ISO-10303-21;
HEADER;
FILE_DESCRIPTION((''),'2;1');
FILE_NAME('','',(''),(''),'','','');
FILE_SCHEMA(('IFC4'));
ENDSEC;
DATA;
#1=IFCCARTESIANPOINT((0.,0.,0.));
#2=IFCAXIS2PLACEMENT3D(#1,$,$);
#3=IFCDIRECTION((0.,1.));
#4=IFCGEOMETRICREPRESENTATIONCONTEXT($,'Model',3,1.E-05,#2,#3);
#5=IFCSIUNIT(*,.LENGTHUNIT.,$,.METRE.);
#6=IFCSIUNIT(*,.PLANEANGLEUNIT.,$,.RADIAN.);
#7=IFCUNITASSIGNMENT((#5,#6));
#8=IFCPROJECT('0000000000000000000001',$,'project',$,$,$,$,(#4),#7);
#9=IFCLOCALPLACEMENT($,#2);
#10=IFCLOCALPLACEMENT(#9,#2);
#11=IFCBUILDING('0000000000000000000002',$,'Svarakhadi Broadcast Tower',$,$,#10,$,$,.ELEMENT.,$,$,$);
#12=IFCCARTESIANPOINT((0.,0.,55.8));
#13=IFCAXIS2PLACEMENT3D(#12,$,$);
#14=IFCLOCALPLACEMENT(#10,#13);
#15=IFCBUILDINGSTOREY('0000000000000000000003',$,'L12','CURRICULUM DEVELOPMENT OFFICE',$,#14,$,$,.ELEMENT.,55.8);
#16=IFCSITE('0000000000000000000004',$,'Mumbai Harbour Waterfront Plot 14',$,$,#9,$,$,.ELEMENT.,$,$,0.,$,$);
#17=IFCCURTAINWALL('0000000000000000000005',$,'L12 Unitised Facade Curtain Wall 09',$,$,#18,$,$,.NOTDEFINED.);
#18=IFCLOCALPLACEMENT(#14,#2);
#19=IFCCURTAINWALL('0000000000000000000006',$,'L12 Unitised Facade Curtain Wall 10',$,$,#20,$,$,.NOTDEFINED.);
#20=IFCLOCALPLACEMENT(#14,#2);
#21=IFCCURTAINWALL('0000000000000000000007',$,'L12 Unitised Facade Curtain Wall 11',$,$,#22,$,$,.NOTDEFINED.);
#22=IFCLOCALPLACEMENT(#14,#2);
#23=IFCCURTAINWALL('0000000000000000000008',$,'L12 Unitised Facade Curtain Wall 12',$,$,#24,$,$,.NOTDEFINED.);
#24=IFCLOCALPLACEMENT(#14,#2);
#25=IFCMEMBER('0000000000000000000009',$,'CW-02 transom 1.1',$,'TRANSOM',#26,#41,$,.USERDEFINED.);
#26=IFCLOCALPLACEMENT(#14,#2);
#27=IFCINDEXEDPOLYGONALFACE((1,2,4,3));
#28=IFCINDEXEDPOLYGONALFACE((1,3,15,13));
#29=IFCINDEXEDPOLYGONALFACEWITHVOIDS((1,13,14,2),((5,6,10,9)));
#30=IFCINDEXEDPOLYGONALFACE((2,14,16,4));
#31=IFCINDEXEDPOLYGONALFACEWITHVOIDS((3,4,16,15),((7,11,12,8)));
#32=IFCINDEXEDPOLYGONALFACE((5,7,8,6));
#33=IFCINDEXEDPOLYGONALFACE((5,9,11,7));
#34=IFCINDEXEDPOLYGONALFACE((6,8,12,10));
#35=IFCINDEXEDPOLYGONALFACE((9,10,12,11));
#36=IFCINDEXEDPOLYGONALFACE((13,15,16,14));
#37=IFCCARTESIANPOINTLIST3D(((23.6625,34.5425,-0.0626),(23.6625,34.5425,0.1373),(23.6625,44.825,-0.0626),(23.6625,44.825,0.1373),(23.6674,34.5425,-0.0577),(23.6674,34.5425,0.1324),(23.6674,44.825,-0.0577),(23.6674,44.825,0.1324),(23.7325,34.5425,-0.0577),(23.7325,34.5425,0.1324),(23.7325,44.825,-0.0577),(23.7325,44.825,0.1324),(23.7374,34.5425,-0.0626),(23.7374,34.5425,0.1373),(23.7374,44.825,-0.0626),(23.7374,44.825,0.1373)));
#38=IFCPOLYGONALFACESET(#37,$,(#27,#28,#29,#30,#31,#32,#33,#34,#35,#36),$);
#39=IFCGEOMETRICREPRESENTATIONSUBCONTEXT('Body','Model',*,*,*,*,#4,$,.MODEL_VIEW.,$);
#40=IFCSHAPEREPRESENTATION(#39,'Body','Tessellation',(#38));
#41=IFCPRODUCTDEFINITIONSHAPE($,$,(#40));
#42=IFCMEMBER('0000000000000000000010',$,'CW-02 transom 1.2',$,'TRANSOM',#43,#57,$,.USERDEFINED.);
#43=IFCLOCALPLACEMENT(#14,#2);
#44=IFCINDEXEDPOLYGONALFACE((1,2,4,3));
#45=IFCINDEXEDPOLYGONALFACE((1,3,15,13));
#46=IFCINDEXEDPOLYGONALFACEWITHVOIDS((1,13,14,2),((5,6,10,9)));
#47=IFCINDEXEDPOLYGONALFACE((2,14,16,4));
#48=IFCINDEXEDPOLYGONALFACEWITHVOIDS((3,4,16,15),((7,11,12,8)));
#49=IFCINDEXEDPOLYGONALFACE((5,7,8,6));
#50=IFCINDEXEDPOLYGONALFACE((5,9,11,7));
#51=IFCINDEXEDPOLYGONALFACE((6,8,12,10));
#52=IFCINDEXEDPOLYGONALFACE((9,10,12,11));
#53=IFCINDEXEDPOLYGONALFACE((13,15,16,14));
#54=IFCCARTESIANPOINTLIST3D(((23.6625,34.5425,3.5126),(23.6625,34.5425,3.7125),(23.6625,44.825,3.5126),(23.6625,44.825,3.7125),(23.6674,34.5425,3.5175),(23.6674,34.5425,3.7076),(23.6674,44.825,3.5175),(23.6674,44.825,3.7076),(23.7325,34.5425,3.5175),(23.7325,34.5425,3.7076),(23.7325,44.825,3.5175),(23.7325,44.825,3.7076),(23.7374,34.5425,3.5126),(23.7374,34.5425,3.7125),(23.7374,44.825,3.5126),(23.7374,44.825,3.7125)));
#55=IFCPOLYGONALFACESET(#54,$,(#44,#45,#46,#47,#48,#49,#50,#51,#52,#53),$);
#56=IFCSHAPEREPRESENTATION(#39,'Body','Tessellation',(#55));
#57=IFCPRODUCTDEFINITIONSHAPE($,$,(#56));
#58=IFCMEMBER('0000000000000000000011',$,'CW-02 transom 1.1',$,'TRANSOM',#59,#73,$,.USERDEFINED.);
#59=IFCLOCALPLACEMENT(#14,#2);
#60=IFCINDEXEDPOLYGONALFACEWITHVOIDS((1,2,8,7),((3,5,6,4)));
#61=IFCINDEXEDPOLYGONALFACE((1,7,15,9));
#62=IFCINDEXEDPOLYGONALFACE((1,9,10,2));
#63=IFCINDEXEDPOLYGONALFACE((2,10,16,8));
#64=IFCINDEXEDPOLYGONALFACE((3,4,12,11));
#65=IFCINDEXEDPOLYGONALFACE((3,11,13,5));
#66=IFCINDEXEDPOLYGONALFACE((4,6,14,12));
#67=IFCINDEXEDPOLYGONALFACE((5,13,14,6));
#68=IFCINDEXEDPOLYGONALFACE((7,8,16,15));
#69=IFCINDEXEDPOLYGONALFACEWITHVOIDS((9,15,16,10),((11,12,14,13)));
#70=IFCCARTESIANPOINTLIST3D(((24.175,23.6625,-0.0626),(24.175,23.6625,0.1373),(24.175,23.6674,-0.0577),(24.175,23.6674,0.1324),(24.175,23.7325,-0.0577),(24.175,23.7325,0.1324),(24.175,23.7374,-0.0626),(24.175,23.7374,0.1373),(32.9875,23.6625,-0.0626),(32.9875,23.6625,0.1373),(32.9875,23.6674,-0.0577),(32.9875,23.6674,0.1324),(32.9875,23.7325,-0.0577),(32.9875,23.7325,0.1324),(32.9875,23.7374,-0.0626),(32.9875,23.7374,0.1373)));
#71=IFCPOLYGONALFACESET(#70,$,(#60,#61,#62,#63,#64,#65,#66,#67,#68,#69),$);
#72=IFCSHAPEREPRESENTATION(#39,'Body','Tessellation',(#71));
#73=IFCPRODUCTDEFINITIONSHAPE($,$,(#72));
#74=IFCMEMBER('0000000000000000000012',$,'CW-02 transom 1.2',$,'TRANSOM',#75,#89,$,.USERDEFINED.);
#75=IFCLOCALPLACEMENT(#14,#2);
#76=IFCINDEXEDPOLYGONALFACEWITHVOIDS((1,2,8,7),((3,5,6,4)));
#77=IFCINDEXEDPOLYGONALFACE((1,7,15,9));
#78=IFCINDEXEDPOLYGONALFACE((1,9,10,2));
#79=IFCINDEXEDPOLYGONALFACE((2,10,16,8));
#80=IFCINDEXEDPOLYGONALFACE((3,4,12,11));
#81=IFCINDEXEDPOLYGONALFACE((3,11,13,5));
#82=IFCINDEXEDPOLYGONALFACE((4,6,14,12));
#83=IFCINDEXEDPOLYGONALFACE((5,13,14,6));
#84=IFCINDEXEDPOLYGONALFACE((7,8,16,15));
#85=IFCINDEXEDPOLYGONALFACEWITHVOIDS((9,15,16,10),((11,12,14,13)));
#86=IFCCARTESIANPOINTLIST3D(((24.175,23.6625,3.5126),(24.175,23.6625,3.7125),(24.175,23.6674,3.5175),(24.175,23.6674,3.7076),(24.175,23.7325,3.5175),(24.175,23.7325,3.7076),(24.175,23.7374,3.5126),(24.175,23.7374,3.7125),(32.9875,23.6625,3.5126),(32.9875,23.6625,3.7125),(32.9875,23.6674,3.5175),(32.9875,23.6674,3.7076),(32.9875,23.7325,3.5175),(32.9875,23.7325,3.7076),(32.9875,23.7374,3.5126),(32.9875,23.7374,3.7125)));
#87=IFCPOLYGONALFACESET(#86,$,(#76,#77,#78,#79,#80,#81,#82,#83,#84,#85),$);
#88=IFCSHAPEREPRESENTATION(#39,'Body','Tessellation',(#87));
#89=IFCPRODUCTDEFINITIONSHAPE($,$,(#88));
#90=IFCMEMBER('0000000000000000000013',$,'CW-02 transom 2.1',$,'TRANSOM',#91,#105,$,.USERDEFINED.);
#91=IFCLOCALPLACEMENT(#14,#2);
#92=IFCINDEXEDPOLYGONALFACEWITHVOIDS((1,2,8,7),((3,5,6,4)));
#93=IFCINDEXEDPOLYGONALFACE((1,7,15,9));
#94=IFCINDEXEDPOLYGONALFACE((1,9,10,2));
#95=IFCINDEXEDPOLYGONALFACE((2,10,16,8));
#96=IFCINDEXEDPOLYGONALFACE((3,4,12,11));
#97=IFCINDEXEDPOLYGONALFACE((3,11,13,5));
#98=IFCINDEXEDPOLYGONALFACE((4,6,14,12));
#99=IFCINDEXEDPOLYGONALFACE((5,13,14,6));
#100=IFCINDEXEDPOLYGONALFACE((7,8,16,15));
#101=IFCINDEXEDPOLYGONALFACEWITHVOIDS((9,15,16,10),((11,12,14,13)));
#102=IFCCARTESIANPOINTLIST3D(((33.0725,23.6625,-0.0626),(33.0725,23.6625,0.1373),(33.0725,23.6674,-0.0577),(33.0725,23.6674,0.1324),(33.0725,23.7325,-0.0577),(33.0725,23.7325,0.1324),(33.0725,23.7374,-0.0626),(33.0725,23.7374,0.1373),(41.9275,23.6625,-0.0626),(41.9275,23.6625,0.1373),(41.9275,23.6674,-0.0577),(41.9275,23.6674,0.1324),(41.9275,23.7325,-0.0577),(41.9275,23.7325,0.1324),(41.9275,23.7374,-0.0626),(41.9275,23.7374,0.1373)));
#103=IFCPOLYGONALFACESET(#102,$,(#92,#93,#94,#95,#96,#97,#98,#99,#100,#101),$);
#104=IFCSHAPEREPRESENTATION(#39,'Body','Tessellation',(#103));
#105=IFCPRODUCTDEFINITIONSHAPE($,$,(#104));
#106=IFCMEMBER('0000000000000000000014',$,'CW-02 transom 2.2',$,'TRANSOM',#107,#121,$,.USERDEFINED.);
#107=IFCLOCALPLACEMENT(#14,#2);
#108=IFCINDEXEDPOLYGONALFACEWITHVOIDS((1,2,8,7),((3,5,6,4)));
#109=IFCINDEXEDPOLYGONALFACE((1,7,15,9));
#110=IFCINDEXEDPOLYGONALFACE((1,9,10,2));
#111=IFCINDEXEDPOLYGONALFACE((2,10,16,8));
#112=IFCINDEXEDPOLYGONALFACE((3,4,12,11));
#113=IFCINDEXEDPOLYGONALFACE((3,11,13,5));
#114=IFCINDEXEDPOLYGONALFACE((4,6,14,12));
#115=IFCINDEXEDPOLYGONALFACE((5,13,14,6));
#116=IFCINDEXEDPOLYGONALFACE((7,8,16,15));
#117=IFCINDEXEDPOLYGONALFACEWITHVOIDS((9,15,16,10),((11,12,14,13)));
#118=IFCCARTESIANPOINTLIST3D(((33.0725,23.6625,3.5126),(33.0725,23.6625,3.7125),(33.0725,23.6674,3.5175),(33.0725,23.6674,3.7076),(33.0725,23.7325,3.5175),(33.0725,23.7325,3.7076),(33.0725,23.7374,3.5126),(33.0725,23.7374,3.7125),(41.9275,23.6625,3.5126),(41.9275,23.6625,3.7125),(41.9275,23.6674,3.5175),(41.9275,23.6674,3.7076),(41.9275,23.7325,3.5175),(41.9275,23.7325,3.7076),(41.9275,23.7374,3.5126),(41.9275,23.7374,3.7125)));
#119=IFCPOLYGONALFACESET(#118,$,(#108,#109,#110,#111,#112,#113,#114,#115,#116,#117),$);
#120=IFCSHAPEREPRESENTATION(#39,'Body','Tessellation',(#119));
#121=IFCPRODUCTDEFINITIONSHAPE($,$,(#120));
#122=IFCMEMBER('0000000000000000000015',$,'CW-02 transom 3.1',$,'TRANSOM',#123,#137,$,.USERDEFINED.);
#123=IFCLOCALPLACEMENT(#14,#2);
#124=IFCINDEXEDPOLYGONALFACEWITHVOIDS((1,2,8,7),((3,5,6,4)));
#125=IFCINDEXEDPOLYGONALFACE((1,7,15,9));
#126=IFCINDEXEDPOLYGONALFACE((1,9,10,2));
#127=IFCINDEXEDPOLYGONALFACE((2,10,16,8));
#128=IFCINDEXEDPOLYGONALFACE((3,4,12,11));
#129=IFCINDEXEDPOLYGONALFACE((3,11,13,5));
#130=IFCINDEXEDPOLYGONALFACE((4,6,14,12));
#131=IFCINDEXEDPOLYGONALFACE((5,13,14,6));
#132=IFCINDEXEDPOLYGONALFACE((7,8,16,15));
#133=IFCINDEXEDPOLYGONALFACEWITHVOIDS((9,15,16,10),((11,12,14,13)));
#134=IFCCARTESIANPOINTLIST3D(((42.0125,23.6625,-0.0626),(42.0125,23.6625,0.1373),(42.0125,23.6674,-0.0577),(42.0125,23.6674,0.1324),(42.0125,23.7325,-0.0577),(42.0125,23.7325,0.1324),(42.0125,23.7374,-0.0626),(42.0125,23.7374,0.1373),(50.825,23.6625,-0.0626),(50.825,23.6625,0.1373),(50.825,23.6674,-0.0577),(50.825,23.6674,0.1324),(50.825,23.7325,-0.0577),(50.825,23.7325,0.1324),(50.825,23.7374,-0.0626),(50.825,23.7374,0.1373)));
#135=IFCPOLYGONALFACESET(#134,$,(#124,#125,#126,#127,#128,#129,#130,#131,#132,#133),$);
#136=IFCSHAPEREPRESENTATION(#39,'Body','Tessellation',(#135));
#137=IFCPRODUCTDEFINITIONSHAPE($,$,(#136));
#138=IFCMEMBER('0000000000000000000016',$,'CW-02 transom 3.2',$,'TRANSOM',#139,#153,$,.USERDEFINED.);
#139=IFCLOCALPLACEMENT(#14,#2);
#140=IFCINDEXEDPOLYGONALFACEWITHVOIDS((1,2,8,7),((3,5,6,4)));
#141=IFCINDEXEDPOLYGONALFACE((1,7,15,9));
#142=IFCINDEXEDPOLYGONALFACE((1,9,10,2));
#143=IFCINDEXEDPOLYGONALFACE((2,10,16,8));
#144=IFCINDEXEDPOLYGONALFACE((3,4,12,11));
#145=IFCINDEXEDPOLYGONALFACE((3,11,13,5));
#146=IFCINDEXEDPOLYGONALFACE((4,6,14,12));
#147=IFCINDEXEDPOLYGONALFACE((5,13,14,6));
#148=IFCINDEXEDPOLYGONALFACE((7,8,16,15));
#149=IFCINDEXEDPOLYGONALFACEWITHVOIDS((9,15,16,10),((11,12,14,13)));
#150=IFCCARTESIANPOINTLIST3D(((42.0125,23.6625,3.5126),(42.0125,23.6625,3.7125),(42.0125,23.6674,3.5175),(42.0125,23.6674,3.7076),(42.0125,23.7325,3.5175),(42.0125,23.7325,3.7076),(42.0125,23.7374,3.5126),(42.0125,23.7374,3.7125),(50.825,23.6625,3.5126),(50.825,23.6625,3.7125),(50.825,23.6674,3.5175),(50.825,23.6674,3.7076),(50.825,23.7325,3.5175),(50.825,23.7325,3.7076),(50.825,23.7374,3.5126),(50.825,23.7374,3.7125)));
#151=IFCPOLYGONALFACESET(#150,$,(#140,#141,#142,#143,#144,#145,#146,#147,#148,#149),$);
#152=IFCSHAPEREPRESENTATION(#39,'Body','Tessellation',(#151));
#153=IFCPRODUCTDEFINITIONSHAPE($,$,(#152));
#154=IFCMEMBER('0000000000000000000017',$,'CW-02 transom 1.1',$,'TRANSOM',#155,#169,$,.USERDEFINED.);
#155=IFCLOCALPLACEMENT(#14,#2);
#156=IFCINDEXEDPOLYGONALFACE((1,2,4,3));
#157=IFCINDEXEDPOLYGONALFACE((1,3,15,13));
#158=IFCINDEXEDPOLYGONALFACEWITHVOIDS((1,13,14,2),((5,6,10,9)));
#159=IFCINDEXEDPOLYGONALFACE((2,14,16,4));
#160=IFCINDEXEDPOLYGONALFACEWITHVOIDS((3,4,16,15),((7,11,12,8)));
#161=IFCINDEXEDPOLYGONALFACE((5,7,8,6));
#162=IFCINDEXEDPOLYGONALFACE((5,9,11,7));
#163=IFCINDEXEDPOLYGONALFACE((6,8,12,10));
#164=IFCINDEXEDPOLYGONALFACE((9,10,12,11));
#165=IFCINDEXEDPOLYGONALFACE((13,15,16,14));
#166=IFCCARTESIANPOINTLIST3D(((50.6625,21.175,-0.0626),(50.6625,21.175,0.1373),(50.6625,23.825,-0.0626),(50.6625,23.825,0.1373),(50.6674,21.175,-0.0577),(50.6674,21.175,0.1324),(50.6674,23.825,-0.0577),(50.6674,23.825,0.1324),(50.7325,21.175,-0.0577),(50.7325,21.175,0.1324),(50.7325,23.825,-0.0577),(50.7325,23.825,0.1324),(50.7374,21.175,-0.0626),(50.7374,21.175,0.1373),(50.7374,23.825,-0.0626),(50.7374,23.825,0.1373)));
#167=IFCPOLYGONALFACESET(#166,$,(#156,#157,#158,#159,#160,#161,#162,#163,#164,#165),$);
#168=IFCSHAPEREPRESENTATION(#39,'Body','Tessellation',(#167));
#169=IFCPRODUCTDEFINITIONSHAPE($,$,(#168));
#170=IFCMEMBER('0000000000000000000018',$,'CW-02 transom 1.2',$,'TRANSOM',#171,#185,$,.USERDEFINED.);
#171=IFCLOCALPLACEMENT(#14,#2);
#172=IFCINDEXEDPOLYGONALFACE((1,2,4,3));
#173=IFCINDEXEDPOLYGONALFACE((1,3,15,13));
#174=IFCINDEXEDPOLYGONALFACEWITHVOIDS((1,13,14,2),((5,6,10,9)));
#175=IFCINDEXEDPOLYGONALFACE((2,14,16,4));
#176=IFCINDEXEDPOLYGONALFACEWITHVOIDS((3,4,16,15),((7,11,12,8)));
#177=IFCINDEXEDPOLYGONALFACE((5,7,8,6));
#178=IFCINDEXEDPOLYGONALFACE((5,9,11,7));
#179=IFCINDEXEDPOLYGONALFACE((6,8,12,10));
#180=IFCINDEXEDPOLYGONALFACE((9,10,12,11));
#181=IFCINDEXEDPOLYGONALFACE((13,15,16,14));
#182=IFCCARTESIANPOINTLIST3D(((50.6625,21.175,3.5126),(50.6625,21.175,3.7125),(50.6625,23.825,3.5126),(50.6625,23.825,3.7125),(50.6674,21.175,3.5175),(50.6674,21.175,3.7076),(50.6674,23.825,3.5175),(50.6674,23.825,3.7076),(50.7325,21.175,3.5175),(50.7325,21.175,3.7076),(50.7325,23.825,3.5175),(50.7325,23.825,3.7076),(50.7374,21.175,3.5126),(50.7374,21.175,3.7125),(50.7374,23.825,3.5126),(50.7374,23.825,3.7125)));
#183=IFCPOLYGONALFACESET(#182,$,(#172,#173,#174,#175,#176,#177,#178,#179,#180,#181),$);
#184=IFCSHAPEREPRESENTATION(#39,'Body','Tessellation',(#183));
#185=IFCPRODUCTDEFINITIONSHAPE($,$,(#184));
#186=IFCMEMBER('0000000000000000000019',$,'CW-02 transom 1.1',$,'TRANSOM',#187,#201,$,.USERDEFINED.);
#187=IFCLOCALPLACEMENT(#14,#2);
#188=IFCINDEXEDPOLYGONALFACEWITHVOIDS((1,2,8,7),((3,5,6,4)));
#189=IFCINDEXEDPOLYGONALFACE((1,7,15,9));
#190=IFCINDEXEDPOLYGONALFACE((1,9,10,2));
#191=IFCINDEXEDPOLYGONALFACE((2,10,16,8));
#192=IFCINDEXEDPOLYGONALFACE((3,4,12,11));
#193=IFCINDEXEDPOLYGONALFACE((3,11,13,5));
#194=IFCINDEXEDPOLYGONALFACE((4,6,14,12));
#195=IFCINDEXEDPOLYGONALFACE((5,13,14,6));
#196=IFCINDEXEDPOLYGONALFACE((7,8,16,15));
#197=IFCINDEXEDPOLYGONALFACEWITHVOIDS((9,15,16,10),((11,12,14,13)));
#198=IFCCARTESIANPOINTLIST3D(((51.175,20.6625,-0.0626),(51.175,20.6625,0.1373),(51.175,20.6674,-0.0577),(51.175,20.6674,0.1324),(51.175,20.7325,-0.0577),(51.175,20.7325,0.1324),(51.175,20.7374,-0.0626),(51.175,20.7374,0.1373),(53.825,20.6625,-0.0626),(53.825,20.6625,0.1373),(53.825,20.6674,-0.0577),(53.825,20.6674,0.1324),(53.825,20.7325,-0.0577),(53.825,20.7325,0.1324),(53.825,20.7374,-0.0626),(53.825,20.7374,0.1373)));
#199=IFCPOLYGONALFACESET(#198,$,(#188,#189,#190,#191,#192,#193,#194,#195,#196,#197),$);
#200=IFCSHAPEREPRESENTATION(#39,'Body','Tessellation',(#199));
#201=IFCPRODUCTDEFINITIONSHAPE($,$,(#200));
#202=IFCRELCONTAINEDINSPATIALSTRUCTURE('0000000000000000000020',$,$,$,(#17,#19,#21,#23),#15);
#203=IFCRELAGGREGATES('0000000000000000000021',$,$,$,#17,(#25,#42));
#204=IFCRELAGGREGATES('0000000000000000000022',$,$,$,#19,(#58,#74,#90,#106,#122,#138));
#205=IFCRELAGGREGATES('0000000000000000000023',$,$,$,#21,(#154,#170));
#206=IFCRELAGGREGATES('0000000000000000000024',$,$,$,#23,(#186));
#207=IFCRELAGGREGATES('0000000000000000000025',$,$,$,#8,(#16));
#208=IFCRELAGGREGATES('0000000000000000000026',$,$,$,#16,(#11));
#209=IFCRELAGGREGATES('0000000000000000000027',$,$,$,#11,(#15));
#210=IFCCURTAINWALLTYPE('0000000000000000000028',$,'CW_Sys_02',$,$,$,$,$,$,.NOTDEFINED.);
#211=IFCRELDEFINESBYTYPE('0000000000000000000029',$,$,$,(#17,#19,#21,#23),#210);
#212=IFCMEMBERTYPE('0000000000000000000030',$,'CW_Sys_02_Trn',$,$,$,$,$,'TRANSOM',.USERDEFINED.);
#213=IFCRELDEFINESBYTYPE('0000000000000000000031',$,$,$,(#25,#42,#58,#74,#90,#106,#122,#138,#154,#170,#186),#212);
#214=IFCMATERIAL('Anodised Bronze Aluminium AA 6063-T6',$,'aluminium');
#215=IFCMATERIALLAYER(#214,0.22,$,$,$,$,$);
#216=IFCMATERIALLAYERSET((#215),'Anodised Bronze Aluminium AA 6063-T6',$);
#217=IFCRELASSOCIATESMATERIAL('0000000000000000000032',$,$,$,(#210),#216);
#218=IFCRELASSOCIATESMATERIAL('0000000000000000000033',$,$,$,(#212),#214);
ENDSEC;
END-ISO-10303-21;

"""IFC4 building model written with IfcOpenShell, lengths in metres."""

from ifc_helpers import new_model, si_unit, direction, frame, origin, origin_2d, place, context, subcontext, project, spatial, hollow_rectangle, extrude, material, layer, layer_set, material_profile, profile_set, type_object, element, aggregate, save


model = new_model("IFC4")

# Units and contexts
model_context = context("Model", 3, precision=1e-05, world=origin(), true_north=direction((0.0, 1.0)))
body_context = subcontext(model_context, "Body", "Model", "MODEL_VIEW")
ifc_project = project(units=[si_unit("LENGTHUNIT", "METRE"), si_unit("PLANEANGLEUNIT", "RADIAN")], contexts=[model_context])

# Site, building, storey
site_placement = place(None, origin())
site = spatial("IfcSite", under=ifc_project, at=site_placement, Name="Mumbai Harbour Waterfront Plot 14", CompositionType="ELEMENT", RefElevation=0.0)
building_placement = place(site_placement, origin())
building = spatial("IfcBuilding", under=site, at=building_placement, Name="Svarakhadi Broadcast Tower", CompositionType="ELEMENT")
storey_placement = place(building_placement, frame((0.0, 0.0, 55.8)))
storey = spatial("IfcBuildingStorey", under=building, at=storey_placement, Name="L12", Description="CURRICULUM DEVELOPMENT OFFICE", CompositionType="ELEMENT", Elevation=55.8)

# Curtain wall
ifc_material_1 = material(Name="Anodised Bronze Aluminium AA 6063-T6", Category="aluminium")
ifc_layer_1 = layer(ifc_material_1, 0.22)
ifc_layer_set_1 = layer_set([ifc_layer_1], Name="Anodised Bronze Aluminium AA 6063-T6")
curtain_wall_type = type_object("IfcCurtainWallType", Name="CW_Sys_02", PredefinedType="NOTDEFINED", material=ifc_layer_set_1)
curtain_wall_1_placement = place(storey_placement, origin())
curtain_wall_1 = element("IfcCurtainWall", 1, at=curtain_wall_1_placement, inside=storey, type_object=curtain_wall_type, Name="L12 Unitised Facade Curtain Wall 09", PredefinedType="NOTDEFINED")

# Curtain walls
curtain_wall_2_placement = place(storey_placement, origin())
curtain_wall_2 = element("IfcCurtainWall", 2, at=curtain_wall_2_placement, inside=storey, type_object=curtain_wall_type, Name="L12 Unitised Facade Curtain Wall 10", PredefinedType="NOTDEFINED")
curtain_wall_3_placement = place(storey_placement, origin())
curtain_wall_3 = element("IfcCurtainWall", 3, at=curtain_wall_3_placement, inside=storey, type_object=curtain_wall_type, Name="L12 Unitised Facade Curtain Wall 11", PredefinedType="NOTDEFINED")
curtain_wall_4_placement = place(storey_placement, origin())
curtain_wall_4 = element("IfcCurtainWall", 4, at=curtain_wall_4_placement, inside=storey, type_object=curtain_wall_type, Name="L12 Unitised Facade Curtain Wall 12", PredefinedType="NOTDEFINED")

# Members
ifc_material_profile_1 = material_profile(ifc_material_1, hollow_rectangle(XDim=0.075, YDim=0.2, WallThickness=0.0049, at=origin_2d()), Name="ALU TRANSOM 200x75x5")
ifc_profile_set_1 = profile_set([ifc_material_profile_1], Name="Anodised Bronze Aluminium AA 6063-T6")
member_type_1 = type_object("IfcMemberType", Name="CW_Sys_02_Trn", ElementType="TRANSOM", PredefinedType="USERDEFINED", material=ifc_profile_set_1)
member_1_placement = place(storey_placement, frame((23.7, 44.825, 0.0374), z_axis=(0.0, -1.0, 0.0), x_axis=(1.0, 0.0, 0.0)))
member_1 = element("IfcMember", 5, at=member_1_placement, type_object=member_type_1, Name="CW-02 transom 1.1", ObjectType="TRANSOM", PredefinedType="USERDEFINED", context=body_context, shape_type="SweptSolid", body=[
    extrude(hollow_rectangle(XDim=0.075, YDim=0.2, WallThickness=0.0049, at=origin_2d()), origin(), (0.0, 0.0, 1.0), 10.2825),
])
member_2_placement = place(storey_placement, frame((23.7, 44.825, 3.6125), z_axis=(0.0, -1.0, 0.0), x_axis=(1.0, 0.0, 0.0)))
member_2 = element("IfcMember", 6, at=member_2_placement, type_object=member_type_1, Name="CW-02 transom 1.2", ObjectType="TRANSOM", PredefinedType="USERDEFINED", context=body_context, shape_type="SweptSolid", body=[
    extrude(hollow_rectangle(XDim=0.075, YDim=0.2, WallThickness=0.0049, at=origin_2d()), origin(), (0.0, 0.0, 1.0), 10.2825),
])
member_3_placement = place(storey_placement, frame((24.175, 23.7, 0.0374), z_axis=(1.0, 0.0, 0.0), x_axis=(0.0, 1.0, 0.0)))
member_3 = element("IfcMember", 7, at=member_3_placement, type_object=member_type_1, Name="CW-02 transom 1.1", ObjectType="TRANSOM", PredefinedType="USERDEFINED", context=body_context, shape_type="SweptSolid", body=[
    extrude(hollow_rectangle(XDim=0.075, YDim=0.2, WallThickness=0.0049, at=origin_2d()), origin(), (0.0, 0.0, 1.0), 8.8125),
])
member_4_placement = place(storey_placement, frame((24.175, 23.7, 3.6125), z_axis=(1.0, 0.0, 0.0), x_axis=(0.0, 1.0, 0.0)))
member_4 = element("IfcMember", 8, at=member_4_placement, type_object=member_type_1, Name="CW-02 transom 1.2", ObjectType="TRANSOM", PredefinedType="USERDEFINED", context=body_context, shape_type="SweptSolid", body=[
    extrude(hollow_rectangle(XDim=0.075, YDim=0.2, WallThickness=0.0049, at=origin_2d()), origin(), (0.0, 0.0, 1.0), 8.8125),
])
member_5_placement = place(storey_placement, frame((33.0725, 23.7, 0.0374), z_axis=(1.0, 0.0, 0.0), x_axis=(0.0, 1.0, 0.0)))
member_5 = element("IfcMember", 9, at=member_5_placement, type_object=member_type_1, Name="CW-02 transom 2.1", ObjectType="TRANSOM", PredefinedType="USERDEFINED", context=body_context, shape_type="SweptSolid", body=[
    extrude(hollow_rectangle(XDim=0.075, YDim=0.2, WallThickness=0.0049, at=origin_2d()), origin(), (0.0, 0.0, 1.0), 8.855),
])
member_6_placement = place(storey_placement, frame((33.0725, 23.7, 3.6125), z_axis=(1.0, 0.0, 0.0), x_axis=(0.0, 1.0, 0.0)))
member_6 = element("IfcMember", 10, at=member_6_placement, type_object=member_type_1, Name="CW-02 transom 2.2", ObjectType="TRANSOM", PredefinedType="USERDEFINED", context=body_context, shape_type="SweptSolid", body=[
    extrude(hollow_rectangle(XDim=0.075, YDim=0.2, WallThickness=0.0049, at=origin_2d()), origin(), (0.0, 0.0, 1.0), 8.855),
])
member_7_placement = place(storey_placement, frame((42.0125, 23.7, 0.0374), z_axis=(1.0, 0.0, 0.0), x_axis=(0.0, 1.0, 0.0)))
member_7 = element("IfcMember", 11, at=member_7_placement, type_object=member_type_1, Name="CW-02 transom 3.1", ObjectType="TRANSOM", PredefinedType="USERDEFINED", context=body_context, shape_type="SweptSolid", body=[
    extrude(hollow_rectangle(XDim=0.075, YDim=0.2, WallThickness=0.0049, at=origin_2d()), origin(), (0.0, 0.0, 1.0), 8.8125),
])
member_8_placement = place(storey_placement, frame((42.0125, 23.7, 3.6125), z_axis=(1.0, 0.0, 0.0), x_axis=(0.0, 1.0, 0.0)))
member_8 = element("IfcMember", 12, at=member_8_placement, type_object=member_type_1, Name="CW-02 transom 3.2", ObjectType="TRANSOM", PredefinedType="USERDEFINED", context=body_context, shape_type="SweptSolid", body=[
    extrude(hollow_rectangle(XDim=0.075, YDim=0.2, WallThickness=0.0049, at=origin_2d()), origin(), (0.0, 0.0, 1.0), 8.8125),
])
member_9_placement = place(storey_placement, frame((50.7, 23.825, 0.0374), z_axis=(0.0, -1.0, 0.0), x_axis=(1.0, 0.0, 0.0)))
member_9 = element("IfcMember", 13, at=member_9_placement, type_object=member_type_1, Name="CW-02 transom 1.1", ObjectType="TRANSOM", PredefinedType="USERDEFINED", context=body_context, shape_type="SweptSolid", body=[
    extrude(hollow_rectangle(XDim=0.075, YDim=0.2, WallThickness=0.0049, at=origin_2d()), origin(), (0.0, 0.0, 1.0), 2.6499),
])
member_10_placement = place(storey_placement, frame((50.7, 23.825, 3.6125), z_axis=(0.0, -1.0, 0.0), x_axis=(1.0, 0.0, 0.0)))
member_10 = element("IfcMember", 14, at=member_10_placement, type_object=member_type_1, Name="CW-02 transom 1.2", ObjectType="TRANSOM", PredefinedType="USERDEFINED", context=body_context, shape_type="SweptSolid", body=[
    extrude(hollow_rectangle(XDim=0.075, YDim=0.2, WallThickness=0.0049, at=origin_2d()), origin(), (0.0, 0.0, 1.0), 2.6499),
])
member_11_placement = place(storey_placement, frame((51.175, 20.7, 0.0374), z_axis=(1.0, 0.0, 0.0), x_axis=(0.0, 1.0, 0.0)))
member_11 = element("IfcMember", 15, at=member_11_placement, type_object=member_type_1, Name="CW-02 transom 1.1", ObjectType="TRANSOM", PredefinedType="USERDEFINED", context=body_context, shape_type="SweptSolid", body=[
    extrude(hollow_rectangle(XDim=0.075, YDim=0.2, WallThickness=0.0049, at=origin_2d()), origin(), (0.0, 0.0, 1.0), 2.6499),
])

aggregate(curtain_wall_1, [member_1, member_2])
aggregate(curtain_wall_2, [member_3, member_4, member_5, member_6, member_7, member_8])
aggregate(curtain_wall_3, [member_9, member_10])
aggregate(curtain_wall_4, [member_11])

save(model, "model.ifc")
